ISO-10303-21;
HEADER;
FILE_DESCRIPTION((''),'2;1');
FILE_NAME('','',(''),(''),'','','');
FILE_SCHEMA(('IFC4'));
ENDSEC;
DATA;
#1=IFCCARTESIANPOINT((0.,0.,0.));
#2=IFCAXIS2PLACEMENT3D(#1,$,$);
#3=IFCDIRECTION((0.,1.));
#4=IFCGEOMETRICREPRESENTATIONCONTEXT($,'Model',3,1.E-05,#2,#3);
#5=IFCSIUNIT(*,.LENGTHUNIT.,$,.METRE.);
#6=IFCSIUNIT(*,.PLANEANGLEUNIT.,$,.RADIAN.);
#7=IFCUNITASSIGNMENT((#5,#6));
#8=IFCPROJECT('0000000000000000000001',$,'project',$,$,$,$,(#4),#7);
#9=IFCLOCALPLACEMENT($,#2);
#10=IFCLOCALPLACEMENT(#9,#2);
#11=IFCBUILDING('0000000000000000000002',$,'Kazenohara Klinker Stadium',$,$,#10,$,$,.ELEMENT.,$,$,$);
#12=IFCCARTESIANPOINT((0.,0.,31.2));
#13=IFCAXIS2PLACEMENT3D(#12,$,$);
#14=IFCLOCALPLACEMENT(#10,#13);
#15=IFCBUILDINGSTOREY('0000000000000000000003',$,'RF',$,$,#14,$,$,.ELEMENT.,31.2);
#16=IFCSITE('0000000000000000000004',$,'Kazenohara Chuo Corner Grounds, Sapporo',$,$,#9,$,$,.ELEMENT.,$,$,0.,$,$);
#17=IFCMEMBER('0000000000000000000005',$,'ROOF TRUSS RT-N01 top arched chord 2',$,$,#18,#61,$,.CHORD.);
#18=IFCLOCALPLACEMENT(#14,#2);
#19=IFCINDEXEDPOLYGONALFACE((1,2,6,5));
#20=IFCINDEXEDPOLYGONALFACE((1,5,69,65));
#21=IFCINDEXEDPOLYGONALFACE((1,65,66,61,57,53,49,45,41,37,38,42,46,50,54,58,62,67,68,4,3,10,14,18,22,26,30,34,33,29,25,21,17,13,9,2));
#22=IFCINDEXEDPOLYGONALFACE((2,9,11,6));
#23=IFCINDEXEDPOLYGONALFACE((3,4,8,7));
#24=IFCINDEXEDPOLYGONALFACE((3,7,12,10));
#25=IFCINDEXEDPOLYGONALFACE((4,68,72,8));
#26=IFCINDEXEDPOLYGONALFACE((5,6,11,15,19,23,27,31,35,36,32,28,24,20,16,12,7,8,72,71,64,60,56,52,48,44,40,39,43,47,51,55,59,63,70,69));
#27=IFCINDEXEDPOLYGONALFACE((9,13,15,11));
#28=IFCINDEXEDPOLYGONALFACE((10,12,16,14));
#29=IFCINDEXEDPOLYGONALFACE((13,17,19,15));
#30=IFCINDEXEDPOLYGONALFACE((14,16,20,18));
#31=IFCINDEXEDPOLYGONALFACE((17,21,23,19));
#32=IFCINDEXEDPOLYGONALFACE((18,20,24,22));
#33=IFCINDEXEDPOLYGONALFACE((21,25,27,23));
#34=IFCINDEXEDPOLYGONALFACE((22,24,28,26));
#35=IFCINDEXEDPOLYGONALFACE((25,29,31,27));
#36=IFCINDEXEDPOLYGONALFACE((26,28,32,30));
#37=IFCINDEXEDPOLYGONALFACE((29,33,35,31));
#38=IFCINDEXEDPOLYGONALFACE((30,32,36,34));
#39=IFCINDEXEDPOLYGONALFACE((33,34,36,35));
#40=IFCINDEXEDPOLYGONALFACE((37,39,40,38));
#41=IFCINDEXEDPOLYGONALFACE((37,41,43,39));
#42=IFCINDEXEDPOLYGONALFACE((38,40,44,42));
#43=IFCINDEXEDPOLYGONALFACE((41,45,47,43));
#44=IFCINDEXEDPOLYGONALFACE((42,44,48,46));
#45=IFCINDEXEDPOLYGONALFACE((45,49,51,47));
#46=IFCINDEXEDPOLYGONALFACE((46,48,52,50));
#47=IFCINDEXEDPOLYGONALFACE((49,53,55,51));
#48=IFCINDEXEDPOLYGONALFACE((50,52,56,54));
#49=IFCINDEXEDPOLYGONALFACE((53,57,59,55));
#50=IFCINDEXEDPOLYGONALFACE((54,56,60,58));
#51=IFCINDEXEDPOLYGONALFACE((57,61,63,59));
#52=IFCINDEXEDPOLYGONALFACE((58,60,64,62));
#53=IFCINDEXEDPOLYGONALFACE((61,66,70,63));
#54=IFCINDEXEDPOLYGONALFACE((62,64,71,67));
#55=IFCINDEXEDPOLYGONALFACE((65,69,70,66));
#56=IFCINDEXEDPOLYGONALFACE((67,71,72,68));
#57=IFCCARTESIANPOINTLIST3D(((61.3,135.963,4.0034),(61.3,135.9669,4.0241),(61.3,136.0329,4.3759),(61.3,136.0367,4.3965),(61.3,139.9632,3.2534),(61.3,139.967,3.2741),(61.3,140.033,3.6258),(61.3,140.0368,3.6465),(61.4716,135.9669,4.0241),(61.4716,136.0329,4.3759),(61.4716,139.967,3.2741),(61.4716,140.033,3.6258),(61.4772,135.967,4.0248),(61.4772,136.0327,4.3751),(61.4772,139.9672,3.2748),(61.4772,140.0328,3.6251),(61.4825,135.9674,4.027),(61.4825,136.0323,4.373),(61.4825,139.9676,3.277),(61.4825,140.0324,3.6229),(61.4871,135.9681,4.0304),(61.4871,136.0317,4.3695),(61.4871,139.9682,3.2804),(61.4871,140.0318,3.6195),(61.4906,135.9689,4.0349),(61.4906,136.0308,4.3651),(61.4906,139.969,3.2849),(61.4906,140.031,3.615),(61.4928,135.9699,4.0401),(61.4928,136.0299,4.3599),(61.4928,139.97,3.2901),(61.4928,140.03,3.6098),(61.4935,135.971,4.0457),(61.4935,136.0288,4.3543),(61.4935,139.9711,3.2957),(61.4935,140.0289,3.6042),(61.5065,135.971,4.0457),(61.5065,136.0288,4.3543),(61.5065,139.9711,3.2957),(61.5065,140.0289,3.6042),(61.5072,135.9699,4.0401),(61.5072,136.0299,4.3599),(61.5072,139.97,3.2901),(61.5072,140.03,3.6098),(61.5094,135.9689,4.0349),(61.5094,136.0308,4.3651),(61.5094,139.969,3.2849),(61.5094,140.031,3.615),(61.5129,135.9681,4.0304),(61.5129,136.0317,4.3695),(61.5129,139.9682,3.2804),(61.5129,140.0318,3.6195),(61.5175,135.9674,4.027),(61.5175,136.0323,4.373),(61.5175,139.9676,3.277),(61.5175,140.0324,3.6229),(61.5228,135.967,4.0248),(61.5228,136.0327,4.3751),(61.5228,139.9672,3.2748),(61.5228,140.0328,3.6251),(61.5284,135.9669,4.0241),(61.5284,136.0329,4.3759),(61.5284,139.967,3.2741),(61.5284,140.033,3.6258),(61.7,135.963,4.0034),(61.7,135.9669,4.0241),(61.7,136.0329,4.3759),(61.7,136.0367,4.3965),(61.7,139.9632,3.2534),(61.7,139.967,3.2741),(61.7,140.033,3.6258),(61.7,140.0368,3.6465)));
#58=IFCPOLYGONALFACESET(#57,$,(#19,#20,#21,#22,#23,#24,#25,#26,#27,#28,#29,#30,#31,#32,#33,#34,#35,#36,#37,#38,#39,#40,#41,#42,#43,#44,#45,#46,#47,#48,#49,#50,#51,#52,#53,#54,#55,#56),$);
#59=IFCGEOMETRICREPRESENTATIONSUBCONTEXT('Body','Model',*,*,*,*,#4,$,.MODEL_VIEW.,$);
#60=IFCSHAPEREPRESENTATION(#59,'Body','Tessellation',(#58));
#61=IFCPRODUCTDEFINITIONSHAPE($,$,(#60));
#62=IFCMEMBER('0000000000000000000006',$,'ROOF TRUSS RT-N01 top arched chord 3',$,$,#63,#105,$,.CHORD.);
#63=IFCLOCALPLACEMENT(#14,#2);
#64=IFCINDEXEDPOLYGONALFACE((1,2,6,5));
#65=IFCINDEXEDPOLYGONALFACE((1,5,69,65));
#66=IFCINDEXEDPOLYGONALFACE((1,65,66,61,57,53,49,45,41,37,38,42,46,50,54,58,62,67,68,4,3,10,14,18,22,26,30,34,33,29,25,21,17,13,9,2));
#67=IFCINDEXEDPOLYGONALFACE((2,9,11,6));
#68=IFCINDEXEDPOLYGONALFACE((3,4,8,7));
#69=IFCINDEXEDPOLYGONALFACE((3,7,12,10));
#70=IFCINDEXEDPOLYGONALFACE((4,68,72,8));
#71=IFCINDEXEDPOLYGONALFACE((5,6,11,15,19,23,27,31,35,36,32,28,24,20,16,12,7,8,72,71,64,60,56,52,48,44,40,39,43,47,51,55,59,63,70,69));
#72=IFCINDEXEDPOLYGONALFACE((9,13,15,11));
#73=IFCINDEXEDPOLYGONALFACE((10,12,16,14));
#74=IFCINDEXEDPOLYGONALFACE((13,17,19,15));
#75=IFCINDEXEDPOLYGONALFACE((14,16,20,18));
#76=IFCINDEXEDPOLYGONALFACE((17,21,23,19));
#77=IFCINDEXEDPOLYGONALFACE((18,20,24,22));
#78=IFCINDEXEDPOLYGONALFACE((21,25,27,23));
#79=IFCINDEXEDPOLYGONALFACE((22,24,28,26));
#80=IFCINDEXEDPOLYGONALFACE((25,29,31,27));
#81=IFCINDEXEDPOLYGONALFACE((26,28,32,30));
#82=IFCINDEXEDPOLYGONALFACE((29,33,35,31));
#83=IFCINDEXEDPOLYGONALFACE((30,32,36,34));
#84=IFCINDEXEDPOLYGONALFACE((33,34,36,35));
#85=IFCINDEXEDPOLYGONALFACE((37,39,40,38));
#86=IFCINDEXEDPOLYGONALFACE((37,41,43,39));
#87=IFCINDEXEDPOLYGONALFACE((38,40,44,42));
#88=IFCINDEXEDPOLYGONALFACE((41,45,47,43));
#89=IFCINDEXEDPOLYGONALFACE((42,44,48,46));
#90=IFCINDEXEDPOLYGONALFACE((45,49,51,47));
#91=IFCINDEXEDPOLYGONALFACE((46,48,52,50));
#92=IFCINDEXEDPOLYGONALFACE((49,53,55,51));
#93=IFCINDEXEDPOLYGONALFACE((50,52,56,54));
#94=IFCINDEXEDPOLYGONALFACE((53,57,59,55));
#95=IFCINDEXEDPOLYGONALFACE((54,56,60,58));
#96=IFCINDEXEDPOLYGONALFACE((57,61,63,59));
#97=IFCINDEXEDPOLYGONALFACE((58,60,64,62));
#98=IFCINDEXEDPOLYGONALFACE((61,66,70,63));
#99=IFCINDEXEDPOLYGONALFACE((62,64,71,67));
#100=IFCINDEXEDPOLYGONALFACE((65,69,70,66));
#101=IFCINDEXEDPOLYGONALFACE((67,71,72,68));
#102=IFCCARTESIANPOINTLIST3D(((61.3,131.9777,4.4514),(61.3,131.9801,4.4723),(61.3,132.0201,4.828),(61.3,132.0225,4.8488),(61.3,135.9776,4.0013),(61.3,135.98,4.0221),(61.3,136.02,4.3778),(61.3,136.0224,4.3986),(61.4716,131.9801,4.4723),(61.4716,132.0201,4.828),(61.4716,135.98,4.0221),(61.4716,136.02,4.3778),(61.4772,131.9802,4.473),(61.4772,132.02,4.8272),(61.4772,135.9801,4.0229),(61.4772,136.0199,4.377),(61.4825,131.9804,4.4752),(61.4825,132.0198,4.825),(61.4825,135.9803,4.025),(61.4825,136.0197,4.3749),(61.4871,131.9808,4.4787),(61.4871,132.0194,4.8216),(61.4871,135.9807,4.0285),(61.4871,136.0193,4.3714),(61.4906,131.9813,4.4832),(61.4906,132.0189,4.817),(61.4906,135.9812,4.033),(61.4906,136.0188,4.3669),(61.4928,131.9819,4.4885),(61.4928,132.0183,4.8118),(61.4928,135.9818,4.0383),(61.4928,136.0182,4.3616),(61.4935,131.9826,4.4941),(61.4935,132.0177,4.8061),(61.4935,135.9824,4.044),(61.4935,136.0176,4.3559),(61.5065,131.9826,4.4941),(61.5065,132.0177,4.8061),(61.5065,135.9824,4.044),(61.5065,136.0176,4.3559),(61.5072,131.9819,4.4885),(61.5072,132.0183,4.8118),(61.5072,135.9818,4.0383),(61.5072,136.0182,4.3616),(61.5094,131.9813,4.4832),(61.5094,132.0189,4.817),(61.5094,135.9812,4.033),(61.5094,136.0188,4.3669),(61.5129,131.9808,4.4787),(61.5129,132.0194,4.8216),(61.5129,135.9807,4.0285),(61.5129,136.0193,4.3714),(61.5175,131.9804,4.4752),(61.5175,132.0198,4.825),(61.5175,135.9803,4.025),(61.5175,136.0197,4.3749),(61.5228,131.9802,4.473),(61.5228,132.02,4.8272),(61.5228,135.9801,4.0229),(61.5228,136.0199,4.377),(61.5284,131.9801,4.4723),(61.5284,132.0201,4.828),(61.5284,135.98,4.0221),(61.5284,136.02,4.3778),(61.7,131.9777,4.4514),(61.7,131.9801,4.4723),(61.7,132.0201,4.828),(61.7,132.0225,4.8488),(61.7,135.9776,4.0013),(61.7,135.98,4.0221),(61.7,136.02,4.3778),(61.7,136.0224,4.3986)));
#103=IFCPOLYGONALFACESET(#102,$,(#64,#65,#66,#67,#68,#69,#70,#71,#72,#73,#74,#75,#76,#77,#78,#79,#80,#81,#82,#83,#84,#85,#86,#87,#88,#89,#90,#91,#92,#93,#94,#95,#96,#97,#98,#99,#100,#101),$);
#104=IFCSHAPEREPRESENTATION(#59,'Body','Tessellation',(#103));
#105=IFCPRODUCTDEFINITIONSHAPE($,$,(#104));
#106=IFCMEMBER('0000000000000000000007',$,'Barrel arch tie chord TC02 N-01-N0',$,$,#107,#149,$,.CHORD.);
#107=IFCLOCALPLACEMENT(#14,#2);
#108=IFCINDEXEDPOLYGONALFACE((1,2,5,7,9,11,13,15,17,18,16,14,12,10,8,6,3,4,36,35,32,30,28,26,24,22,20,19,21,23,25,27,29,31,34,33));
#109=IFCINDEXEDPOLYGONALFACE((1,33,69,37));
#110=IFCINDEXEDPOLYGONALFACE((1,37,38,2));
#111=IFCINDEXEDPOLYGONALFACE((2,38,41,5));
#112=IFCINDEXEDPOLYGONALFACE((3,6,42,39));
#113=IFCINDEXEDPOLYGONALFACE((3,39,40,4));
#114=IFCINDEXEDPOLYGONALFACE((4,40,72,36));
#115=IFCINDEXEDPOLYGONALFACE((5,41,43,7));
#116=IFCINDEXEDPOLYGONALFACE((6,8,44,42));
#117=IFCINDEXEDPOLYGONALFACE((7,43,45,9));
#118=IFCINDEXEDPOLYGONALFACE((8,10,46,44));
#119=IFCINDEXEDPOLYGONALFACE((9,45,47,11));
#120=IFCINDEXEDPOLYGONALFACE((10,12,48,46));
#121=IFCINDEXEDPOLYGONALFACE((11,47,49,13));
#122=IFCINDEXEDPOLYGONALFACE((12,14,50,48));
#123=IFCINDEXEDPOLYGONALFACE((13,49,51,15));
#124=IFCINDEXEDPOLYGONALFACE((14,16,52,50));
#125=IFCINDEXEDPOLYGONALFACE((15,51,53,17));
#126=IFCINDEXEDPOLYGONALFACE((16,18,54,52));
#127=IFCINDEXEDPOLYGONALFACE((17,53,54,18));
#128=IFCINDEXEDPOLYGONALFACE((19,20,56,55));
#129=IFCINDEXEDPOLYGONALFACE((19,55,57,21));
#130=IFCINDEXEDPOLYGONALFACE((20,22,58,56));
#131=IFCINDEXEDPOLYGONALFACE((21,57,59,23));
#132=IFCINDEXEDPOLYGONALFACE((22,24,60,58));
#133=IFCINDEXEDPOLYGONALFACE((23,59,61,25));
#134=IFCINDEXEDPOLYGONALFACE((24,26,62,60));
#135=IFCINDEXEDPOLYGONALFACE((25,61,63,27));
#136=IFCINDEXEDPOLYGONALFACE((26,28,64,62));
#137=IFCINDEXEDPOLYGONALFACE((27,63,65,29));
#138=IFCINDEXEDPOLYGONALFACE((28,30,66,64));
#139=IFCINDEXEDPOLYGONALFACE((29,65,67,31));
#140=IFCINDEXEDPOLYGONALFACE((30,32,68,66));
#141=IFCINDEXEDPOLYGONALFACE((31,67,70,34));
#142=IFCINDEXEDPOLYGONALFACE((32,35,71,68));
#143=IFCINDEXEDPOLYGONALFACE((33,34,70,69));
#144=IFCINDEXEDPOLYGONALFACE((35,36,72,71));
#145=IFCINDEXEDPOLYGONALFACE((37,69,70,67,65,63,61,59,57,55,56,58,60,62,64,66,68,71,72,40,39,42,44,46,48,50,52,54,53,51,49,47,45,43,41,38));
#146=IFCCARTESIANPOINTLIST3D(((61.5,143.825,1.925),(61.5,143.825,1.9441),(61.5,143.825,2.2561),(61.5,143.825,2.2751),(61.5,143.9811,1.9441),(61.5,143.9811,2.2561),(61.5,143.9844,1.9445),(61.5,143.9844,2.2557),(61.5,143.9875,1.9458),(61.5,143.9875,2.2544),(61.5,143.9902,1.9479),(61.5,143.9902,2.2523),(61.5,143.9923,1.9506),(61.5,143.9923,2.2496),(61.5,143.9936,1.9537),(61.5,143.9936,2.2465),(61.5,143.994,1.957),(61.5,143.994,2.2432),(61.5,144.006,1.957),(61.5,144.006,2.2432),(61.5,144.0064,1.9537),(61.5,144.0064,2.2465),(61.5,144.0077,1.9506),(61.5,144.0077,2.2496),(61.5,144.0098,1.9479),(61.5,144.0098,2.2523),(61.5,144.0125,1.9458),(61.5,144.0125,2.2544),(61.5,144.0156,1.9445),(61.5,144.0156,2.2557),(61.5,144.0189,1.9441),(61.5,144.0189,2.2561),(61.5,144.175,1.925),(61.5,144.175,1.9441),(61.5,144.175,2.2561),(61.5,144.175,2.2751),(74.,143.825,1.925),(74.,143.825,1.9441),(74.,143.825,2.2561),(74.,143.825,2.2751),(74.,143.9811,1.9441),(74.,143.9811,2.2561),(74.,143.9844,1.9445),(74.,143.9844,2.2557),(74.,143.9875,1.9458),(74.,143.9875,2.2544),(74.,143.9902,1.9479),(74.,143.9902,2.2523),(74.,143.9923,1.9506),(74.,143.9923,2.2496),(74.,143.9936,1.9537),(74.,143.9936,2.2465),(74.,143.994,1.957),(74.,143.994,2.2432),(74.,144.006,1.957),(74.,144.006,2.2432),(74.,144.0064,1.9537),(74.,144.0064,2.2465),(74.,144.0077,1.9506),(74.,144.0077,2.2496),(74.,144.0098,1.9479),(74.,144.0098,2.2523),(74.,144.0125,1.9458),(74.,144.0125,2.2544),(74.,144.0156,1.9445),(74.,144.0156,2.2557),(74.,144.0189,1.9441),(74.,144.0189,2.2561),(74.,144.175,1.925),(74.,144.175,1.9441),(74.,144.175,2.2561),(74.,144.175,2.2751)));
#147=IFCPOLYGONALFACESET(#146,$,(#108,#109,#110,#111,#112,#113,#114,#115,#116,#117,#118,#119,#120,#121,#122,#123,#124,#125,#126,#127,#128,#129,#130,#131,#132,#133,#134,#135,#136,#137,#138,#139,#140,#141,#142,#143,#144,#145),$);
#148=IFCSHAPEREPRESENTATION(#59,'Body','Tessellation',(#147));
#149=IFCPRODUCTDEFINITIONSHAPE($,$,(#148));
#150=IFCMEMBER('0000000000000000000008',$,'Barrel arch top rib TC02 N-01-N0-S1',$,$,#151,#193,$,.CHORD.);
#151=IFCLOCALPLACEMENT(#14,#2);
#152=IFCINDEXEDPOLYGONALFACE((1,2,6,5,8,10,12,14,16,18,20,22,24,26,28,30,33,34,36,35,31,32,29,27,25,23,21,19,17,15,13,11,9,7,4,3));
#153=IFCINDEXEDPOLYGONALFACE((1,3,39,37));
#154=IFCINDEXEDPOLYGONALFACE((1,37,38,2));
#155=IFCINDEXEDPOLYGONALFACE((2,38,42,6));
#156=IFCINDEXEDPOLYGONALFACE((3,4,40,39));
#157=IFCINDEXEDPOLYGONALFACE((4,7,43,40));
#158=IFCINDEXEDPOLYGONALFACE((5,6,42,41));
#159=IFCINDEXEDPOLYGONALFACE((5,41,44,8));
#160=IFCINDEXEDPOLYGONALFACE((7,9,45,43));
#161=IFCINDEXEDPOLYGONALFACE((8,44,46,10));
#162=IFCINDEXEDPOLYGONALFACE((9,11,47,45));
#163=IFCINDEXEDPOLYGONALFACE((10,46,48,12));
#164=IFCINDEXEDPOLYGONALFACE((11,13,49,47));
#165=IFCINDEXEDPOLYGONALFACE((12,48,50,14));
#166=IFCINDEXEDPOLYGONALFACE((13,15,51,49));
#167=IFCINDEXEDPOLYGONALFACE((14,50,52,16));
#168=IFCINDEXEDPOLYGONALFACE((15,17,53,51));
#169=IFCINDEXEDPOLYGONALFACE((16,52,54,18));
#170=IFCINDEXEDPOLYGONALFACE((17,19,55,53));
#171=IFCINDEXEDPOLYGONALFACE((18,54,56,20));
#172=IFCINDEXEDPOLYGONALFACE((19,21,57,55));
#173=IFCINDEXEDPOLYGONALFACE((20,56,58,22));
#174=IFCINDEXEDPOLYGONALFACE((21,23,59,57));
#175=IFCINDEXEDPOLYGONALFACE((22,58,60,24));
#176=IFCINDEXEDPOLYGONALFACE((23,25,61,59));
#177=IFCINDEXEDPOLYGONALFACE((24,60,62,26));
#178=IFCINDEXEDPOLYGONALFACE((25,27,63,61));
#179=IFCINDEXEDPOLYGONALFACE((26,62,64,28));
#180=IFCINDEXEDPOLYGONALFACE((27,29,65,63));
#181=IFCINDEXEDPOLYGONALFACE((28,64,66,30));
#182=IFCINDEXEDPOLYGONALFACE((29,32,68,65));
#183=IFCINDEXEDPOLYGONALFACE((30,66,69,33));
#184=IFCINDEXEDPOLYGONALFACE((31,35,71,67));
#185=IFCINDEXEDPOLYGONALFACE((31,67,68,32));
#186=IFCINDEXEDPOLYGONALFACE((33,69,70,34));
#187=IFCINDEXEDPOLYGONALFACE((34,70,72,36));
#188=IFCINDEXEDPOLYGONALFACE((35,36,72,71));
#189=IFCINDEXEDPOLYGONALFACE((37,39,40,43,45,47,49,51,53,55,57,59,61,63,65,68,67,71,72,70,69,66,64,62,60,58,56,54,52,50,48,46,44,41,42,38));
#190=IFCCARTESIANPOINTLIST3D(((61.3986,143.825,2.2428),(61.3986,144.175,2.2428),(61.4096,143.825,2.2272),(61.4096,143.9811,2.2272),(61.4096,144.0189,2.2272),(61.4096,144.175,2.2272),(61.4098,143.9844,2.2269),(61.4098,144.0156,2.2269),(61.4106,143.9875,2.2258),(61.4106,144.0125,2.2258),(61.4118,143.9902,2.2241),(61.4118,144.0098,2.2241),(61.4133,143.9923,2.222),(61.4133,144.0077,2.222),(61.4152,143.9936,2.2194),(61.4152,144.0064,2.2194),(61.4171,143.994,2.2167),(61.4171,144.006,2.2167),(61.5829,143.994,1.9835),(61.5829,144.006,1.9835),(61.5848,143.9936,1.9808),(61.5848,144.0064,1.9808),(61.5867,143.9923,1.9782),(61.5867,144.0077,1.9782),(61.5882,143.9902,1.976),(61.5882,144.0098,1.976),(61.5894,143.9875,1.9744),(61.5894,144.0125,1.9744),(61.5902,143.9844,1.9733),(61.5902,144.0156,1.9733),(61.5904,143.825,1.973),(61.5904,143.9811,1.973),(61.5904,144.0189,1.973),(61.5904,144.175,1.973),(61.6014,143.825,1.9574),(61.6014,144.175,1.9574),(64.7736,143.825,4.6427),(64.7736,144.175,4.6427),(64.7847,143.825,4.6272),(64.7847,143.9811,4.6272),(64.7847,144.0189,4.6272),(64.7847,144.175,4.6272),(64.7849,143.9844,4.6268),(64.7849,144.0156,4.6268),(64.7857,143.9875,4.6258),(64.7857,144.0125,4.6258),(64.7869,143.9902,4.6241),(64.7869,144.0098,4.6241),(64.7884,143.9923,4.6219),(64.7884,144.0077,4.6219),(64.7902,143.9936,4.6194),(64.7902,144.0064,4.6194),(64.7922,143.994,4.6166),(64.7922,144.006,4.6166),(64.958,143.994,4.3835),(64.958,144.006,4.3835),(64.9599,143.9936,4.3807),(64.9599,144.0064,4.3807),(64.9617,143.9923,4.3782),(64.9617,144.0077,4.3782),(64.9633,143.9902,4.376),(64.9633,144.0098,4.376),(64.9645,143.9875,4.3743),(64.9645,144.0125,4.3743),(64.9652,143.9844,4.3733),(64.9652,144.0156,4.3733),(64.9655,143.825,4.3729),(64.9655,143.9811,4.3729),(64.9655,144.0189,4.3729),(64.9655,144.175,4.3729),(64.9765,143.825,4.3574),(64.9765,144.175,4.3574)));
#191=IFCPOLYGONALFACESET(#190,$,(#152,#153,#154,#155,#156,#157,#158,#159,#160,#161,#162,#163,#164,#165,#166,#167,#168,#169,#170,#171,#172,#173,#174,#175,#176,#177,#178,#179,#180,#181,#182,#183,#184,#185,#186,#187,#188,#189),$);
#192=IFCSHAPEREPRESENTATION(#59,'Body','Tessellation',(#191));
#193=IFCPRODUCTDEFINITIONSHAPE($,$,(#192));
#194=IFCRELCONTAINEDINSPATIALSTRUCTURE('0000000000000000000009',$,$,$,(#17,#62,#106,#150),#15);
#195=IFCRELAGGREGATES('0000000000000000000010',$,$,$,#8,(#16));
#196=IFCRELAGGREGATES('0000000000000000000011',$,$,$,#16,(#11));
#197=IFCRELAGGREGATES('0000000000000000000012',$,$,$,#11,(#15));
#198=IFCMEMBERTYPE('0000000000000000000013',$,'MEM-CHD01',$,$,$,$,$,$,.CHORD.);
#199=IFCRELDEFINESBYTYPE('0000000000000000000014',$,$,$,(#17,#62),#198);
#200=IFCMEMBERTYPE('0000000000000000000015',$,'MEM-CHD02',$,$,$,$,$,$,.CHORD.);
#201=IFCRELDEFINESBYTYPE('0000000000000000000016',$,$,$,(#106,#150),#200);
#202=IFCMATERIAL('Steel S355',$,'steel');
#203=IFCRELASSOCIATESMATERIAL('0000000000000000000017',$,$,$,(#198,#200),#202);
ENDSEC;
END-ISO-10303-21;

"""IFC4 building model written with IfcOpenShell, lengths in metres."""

from ifc_helpers import new_model, si_unit, direction, frame, origin, origin_2d, place, context, subcontext, project, spatial, i_section, extrude, material, material_profile, profile_set, type_object, element, save


model = new_model("IFC4")

# Units and contexts
model_context = context("Model", 3, precision=1e-05, world=origin(), true_north=direction((0.0, 1.0)))
body_context = subcontext(model_context, "Body", "Model", "MODEL_VIEW")
ifc_project = project(units=[si_unit("LENGTHUNIT", "METRE"), si_unit("PLANEANGLEUNIT", "RADIAN")], contexts=[model_context])

# Site, building, storey
site_placement = place(None, origin())
site = spatial("IfcSite", under=ifc_project, at=site_placement, Name="Kazenohara Chuo Corner Grounds, Sapporo", CompositionType="ELEMENT", RefElevation=0.0)
building_placement = place(site_placement, origin())
building = spatial("IfcBuilding", under=site, at=building_placement, Name="Kazenohara Klinker Stadium", CompositionType="ELEMENT")
storey_placement = place(building_placement, frame((0.0, 0.0, 31.2)))
storey = spatial("IfcBuildingStorey", under=building, at=storey_placement, Name="RF", CompositionType="ELEMENT", Elevation=31.2)

# Members
ifc_material_1 = material(Name="Steel S355", Category="steel")
ifc_material_profile_1 = material_profile(ifc_material_1, i_section(OverallWidth=0.3999, OverallDepth=0.3999, WebThickness=0.0129, FlangeThickness=0.021, FilletRadius=0.022, at=origin_2d()), Name="H-400x400x13x21")
ifc_profile_set_1 = profile_set([ifc_material_profile_1], Name="Steel S355")
member_type_1 = type_object("IfcMemberType", Name="MEM-CHD01", PredefinedType="CHORD", material=ifc_profile_set_1)
member_1_placement = place(storey_placement, frame((61.5, 140.0, 3.45), z_axis=(0.0, -0.982872, 0.184289), x_axis=(1.0, 0.0, 0.0)))
element("IfcMember", 1, at=member_1_placement, inside=storey, type_object=member_type_1, Name="ROOF TRUSS RT-N01 top arched chord 2", PredefinedType="CHORD", context=body_context, shape_type="SweptSolid", body=[
    extrude(i_section(OverallWidth=0.3999, OverallDepth=0.3999, WebThickness=0.0129, FlangeThickness=0.021, FilletRadius=0.022, at=origin_2d()), origin(), (0.0, 0.0, 1.0), 4.0698),
])
member_2_placement = place(storey_placement, frame((61.5, 136.0, 4.2), z_axis=(0.0, -0.993726, 0.111843), x_axis=(1.0, 0.0, 0.0)))
element("IfcMember", 2, at=member_2_placement, inside=storey, type_object=member_type_1, Name="ROOF TRUSS RT-N01 top arched chord 3", PredefinedType="CHORD", context=body_context, shape_type="SweptSolid", body=[
    extrude(i_section(OverallWidth=0.3999, OverallDepth=0.3999, WebThickness=0.0129, FlangeThickness=0.021, FilletRadius=0.022, at=origin_2d()), origin(), (0.0, 0.0, 1.0), 4.0251),
])
ifc_material_profile_2 = material_profile(ifc_material_1, i_section(OverallWidth=0.3501, OverallDepth=0.3501, WebThickness=0.012, FlangeThickness=0.019, FilletRadius=0.0129, at=origin_2d()), Name="H-350x350x12x19")
ifc_profile_set_2 = profile_set([ifc_material_profile_2], Name="Steel S355")
member_type_2 = type_object("IfcMemberType", Name="MEM-CHD02", PredefinedType="CHORD", material=ifc_profile_set_2)
member_3_placement = place(storey_placement, frame((61.5, 144.0, 2.1001), z_axis=(1.0, 0.0, 0.0), x_axis=(0.0, 1.0, 0.0)))
element("IfcMember", 3, at=member_3_placement, inside=storey, type_object=member_type_2, Name="Barrel arch tie chord TC02 N-01-N0", PredefinedType="CHORD", context=body_context, shape_type="SweptSolid", body=[
    extrude(i_section(OverallWidth=0.3501, OverallDepth=0.3501, WebThickness=0.012, FlangeThickness=0.019, FilletRadius=0.0129, at=origin_2d()), origin(), (0.0, 0.0, 1.0), 12.5),
])
member_4_placement = place(storey_placement, frame((61.5, 144.0, 2.1001), z_axis=(0.814966, 0.0, 0.579508), x_axis=(0.0, 1.0, 0.0)))
element("IfcMember", 4, at=member_4_placement, inside=storey, type_object=member_type_2, Name="Barrel arch top rib TC02 N-01-N0-S1", PredefinedType="CHORD", context=body_context, shape_type="SweptSolid", body=[
    extrude(i_section(OverallWidth=0.3501, OverallDepth=0.3501, WebThickness=0.012, FlangeThickness=0.019, FilletRadius=0.0129, at=origin_2d()), origin(), (0.0, 0.0, 1.0), 4.1414),
])

save(model, "model.ifc")
